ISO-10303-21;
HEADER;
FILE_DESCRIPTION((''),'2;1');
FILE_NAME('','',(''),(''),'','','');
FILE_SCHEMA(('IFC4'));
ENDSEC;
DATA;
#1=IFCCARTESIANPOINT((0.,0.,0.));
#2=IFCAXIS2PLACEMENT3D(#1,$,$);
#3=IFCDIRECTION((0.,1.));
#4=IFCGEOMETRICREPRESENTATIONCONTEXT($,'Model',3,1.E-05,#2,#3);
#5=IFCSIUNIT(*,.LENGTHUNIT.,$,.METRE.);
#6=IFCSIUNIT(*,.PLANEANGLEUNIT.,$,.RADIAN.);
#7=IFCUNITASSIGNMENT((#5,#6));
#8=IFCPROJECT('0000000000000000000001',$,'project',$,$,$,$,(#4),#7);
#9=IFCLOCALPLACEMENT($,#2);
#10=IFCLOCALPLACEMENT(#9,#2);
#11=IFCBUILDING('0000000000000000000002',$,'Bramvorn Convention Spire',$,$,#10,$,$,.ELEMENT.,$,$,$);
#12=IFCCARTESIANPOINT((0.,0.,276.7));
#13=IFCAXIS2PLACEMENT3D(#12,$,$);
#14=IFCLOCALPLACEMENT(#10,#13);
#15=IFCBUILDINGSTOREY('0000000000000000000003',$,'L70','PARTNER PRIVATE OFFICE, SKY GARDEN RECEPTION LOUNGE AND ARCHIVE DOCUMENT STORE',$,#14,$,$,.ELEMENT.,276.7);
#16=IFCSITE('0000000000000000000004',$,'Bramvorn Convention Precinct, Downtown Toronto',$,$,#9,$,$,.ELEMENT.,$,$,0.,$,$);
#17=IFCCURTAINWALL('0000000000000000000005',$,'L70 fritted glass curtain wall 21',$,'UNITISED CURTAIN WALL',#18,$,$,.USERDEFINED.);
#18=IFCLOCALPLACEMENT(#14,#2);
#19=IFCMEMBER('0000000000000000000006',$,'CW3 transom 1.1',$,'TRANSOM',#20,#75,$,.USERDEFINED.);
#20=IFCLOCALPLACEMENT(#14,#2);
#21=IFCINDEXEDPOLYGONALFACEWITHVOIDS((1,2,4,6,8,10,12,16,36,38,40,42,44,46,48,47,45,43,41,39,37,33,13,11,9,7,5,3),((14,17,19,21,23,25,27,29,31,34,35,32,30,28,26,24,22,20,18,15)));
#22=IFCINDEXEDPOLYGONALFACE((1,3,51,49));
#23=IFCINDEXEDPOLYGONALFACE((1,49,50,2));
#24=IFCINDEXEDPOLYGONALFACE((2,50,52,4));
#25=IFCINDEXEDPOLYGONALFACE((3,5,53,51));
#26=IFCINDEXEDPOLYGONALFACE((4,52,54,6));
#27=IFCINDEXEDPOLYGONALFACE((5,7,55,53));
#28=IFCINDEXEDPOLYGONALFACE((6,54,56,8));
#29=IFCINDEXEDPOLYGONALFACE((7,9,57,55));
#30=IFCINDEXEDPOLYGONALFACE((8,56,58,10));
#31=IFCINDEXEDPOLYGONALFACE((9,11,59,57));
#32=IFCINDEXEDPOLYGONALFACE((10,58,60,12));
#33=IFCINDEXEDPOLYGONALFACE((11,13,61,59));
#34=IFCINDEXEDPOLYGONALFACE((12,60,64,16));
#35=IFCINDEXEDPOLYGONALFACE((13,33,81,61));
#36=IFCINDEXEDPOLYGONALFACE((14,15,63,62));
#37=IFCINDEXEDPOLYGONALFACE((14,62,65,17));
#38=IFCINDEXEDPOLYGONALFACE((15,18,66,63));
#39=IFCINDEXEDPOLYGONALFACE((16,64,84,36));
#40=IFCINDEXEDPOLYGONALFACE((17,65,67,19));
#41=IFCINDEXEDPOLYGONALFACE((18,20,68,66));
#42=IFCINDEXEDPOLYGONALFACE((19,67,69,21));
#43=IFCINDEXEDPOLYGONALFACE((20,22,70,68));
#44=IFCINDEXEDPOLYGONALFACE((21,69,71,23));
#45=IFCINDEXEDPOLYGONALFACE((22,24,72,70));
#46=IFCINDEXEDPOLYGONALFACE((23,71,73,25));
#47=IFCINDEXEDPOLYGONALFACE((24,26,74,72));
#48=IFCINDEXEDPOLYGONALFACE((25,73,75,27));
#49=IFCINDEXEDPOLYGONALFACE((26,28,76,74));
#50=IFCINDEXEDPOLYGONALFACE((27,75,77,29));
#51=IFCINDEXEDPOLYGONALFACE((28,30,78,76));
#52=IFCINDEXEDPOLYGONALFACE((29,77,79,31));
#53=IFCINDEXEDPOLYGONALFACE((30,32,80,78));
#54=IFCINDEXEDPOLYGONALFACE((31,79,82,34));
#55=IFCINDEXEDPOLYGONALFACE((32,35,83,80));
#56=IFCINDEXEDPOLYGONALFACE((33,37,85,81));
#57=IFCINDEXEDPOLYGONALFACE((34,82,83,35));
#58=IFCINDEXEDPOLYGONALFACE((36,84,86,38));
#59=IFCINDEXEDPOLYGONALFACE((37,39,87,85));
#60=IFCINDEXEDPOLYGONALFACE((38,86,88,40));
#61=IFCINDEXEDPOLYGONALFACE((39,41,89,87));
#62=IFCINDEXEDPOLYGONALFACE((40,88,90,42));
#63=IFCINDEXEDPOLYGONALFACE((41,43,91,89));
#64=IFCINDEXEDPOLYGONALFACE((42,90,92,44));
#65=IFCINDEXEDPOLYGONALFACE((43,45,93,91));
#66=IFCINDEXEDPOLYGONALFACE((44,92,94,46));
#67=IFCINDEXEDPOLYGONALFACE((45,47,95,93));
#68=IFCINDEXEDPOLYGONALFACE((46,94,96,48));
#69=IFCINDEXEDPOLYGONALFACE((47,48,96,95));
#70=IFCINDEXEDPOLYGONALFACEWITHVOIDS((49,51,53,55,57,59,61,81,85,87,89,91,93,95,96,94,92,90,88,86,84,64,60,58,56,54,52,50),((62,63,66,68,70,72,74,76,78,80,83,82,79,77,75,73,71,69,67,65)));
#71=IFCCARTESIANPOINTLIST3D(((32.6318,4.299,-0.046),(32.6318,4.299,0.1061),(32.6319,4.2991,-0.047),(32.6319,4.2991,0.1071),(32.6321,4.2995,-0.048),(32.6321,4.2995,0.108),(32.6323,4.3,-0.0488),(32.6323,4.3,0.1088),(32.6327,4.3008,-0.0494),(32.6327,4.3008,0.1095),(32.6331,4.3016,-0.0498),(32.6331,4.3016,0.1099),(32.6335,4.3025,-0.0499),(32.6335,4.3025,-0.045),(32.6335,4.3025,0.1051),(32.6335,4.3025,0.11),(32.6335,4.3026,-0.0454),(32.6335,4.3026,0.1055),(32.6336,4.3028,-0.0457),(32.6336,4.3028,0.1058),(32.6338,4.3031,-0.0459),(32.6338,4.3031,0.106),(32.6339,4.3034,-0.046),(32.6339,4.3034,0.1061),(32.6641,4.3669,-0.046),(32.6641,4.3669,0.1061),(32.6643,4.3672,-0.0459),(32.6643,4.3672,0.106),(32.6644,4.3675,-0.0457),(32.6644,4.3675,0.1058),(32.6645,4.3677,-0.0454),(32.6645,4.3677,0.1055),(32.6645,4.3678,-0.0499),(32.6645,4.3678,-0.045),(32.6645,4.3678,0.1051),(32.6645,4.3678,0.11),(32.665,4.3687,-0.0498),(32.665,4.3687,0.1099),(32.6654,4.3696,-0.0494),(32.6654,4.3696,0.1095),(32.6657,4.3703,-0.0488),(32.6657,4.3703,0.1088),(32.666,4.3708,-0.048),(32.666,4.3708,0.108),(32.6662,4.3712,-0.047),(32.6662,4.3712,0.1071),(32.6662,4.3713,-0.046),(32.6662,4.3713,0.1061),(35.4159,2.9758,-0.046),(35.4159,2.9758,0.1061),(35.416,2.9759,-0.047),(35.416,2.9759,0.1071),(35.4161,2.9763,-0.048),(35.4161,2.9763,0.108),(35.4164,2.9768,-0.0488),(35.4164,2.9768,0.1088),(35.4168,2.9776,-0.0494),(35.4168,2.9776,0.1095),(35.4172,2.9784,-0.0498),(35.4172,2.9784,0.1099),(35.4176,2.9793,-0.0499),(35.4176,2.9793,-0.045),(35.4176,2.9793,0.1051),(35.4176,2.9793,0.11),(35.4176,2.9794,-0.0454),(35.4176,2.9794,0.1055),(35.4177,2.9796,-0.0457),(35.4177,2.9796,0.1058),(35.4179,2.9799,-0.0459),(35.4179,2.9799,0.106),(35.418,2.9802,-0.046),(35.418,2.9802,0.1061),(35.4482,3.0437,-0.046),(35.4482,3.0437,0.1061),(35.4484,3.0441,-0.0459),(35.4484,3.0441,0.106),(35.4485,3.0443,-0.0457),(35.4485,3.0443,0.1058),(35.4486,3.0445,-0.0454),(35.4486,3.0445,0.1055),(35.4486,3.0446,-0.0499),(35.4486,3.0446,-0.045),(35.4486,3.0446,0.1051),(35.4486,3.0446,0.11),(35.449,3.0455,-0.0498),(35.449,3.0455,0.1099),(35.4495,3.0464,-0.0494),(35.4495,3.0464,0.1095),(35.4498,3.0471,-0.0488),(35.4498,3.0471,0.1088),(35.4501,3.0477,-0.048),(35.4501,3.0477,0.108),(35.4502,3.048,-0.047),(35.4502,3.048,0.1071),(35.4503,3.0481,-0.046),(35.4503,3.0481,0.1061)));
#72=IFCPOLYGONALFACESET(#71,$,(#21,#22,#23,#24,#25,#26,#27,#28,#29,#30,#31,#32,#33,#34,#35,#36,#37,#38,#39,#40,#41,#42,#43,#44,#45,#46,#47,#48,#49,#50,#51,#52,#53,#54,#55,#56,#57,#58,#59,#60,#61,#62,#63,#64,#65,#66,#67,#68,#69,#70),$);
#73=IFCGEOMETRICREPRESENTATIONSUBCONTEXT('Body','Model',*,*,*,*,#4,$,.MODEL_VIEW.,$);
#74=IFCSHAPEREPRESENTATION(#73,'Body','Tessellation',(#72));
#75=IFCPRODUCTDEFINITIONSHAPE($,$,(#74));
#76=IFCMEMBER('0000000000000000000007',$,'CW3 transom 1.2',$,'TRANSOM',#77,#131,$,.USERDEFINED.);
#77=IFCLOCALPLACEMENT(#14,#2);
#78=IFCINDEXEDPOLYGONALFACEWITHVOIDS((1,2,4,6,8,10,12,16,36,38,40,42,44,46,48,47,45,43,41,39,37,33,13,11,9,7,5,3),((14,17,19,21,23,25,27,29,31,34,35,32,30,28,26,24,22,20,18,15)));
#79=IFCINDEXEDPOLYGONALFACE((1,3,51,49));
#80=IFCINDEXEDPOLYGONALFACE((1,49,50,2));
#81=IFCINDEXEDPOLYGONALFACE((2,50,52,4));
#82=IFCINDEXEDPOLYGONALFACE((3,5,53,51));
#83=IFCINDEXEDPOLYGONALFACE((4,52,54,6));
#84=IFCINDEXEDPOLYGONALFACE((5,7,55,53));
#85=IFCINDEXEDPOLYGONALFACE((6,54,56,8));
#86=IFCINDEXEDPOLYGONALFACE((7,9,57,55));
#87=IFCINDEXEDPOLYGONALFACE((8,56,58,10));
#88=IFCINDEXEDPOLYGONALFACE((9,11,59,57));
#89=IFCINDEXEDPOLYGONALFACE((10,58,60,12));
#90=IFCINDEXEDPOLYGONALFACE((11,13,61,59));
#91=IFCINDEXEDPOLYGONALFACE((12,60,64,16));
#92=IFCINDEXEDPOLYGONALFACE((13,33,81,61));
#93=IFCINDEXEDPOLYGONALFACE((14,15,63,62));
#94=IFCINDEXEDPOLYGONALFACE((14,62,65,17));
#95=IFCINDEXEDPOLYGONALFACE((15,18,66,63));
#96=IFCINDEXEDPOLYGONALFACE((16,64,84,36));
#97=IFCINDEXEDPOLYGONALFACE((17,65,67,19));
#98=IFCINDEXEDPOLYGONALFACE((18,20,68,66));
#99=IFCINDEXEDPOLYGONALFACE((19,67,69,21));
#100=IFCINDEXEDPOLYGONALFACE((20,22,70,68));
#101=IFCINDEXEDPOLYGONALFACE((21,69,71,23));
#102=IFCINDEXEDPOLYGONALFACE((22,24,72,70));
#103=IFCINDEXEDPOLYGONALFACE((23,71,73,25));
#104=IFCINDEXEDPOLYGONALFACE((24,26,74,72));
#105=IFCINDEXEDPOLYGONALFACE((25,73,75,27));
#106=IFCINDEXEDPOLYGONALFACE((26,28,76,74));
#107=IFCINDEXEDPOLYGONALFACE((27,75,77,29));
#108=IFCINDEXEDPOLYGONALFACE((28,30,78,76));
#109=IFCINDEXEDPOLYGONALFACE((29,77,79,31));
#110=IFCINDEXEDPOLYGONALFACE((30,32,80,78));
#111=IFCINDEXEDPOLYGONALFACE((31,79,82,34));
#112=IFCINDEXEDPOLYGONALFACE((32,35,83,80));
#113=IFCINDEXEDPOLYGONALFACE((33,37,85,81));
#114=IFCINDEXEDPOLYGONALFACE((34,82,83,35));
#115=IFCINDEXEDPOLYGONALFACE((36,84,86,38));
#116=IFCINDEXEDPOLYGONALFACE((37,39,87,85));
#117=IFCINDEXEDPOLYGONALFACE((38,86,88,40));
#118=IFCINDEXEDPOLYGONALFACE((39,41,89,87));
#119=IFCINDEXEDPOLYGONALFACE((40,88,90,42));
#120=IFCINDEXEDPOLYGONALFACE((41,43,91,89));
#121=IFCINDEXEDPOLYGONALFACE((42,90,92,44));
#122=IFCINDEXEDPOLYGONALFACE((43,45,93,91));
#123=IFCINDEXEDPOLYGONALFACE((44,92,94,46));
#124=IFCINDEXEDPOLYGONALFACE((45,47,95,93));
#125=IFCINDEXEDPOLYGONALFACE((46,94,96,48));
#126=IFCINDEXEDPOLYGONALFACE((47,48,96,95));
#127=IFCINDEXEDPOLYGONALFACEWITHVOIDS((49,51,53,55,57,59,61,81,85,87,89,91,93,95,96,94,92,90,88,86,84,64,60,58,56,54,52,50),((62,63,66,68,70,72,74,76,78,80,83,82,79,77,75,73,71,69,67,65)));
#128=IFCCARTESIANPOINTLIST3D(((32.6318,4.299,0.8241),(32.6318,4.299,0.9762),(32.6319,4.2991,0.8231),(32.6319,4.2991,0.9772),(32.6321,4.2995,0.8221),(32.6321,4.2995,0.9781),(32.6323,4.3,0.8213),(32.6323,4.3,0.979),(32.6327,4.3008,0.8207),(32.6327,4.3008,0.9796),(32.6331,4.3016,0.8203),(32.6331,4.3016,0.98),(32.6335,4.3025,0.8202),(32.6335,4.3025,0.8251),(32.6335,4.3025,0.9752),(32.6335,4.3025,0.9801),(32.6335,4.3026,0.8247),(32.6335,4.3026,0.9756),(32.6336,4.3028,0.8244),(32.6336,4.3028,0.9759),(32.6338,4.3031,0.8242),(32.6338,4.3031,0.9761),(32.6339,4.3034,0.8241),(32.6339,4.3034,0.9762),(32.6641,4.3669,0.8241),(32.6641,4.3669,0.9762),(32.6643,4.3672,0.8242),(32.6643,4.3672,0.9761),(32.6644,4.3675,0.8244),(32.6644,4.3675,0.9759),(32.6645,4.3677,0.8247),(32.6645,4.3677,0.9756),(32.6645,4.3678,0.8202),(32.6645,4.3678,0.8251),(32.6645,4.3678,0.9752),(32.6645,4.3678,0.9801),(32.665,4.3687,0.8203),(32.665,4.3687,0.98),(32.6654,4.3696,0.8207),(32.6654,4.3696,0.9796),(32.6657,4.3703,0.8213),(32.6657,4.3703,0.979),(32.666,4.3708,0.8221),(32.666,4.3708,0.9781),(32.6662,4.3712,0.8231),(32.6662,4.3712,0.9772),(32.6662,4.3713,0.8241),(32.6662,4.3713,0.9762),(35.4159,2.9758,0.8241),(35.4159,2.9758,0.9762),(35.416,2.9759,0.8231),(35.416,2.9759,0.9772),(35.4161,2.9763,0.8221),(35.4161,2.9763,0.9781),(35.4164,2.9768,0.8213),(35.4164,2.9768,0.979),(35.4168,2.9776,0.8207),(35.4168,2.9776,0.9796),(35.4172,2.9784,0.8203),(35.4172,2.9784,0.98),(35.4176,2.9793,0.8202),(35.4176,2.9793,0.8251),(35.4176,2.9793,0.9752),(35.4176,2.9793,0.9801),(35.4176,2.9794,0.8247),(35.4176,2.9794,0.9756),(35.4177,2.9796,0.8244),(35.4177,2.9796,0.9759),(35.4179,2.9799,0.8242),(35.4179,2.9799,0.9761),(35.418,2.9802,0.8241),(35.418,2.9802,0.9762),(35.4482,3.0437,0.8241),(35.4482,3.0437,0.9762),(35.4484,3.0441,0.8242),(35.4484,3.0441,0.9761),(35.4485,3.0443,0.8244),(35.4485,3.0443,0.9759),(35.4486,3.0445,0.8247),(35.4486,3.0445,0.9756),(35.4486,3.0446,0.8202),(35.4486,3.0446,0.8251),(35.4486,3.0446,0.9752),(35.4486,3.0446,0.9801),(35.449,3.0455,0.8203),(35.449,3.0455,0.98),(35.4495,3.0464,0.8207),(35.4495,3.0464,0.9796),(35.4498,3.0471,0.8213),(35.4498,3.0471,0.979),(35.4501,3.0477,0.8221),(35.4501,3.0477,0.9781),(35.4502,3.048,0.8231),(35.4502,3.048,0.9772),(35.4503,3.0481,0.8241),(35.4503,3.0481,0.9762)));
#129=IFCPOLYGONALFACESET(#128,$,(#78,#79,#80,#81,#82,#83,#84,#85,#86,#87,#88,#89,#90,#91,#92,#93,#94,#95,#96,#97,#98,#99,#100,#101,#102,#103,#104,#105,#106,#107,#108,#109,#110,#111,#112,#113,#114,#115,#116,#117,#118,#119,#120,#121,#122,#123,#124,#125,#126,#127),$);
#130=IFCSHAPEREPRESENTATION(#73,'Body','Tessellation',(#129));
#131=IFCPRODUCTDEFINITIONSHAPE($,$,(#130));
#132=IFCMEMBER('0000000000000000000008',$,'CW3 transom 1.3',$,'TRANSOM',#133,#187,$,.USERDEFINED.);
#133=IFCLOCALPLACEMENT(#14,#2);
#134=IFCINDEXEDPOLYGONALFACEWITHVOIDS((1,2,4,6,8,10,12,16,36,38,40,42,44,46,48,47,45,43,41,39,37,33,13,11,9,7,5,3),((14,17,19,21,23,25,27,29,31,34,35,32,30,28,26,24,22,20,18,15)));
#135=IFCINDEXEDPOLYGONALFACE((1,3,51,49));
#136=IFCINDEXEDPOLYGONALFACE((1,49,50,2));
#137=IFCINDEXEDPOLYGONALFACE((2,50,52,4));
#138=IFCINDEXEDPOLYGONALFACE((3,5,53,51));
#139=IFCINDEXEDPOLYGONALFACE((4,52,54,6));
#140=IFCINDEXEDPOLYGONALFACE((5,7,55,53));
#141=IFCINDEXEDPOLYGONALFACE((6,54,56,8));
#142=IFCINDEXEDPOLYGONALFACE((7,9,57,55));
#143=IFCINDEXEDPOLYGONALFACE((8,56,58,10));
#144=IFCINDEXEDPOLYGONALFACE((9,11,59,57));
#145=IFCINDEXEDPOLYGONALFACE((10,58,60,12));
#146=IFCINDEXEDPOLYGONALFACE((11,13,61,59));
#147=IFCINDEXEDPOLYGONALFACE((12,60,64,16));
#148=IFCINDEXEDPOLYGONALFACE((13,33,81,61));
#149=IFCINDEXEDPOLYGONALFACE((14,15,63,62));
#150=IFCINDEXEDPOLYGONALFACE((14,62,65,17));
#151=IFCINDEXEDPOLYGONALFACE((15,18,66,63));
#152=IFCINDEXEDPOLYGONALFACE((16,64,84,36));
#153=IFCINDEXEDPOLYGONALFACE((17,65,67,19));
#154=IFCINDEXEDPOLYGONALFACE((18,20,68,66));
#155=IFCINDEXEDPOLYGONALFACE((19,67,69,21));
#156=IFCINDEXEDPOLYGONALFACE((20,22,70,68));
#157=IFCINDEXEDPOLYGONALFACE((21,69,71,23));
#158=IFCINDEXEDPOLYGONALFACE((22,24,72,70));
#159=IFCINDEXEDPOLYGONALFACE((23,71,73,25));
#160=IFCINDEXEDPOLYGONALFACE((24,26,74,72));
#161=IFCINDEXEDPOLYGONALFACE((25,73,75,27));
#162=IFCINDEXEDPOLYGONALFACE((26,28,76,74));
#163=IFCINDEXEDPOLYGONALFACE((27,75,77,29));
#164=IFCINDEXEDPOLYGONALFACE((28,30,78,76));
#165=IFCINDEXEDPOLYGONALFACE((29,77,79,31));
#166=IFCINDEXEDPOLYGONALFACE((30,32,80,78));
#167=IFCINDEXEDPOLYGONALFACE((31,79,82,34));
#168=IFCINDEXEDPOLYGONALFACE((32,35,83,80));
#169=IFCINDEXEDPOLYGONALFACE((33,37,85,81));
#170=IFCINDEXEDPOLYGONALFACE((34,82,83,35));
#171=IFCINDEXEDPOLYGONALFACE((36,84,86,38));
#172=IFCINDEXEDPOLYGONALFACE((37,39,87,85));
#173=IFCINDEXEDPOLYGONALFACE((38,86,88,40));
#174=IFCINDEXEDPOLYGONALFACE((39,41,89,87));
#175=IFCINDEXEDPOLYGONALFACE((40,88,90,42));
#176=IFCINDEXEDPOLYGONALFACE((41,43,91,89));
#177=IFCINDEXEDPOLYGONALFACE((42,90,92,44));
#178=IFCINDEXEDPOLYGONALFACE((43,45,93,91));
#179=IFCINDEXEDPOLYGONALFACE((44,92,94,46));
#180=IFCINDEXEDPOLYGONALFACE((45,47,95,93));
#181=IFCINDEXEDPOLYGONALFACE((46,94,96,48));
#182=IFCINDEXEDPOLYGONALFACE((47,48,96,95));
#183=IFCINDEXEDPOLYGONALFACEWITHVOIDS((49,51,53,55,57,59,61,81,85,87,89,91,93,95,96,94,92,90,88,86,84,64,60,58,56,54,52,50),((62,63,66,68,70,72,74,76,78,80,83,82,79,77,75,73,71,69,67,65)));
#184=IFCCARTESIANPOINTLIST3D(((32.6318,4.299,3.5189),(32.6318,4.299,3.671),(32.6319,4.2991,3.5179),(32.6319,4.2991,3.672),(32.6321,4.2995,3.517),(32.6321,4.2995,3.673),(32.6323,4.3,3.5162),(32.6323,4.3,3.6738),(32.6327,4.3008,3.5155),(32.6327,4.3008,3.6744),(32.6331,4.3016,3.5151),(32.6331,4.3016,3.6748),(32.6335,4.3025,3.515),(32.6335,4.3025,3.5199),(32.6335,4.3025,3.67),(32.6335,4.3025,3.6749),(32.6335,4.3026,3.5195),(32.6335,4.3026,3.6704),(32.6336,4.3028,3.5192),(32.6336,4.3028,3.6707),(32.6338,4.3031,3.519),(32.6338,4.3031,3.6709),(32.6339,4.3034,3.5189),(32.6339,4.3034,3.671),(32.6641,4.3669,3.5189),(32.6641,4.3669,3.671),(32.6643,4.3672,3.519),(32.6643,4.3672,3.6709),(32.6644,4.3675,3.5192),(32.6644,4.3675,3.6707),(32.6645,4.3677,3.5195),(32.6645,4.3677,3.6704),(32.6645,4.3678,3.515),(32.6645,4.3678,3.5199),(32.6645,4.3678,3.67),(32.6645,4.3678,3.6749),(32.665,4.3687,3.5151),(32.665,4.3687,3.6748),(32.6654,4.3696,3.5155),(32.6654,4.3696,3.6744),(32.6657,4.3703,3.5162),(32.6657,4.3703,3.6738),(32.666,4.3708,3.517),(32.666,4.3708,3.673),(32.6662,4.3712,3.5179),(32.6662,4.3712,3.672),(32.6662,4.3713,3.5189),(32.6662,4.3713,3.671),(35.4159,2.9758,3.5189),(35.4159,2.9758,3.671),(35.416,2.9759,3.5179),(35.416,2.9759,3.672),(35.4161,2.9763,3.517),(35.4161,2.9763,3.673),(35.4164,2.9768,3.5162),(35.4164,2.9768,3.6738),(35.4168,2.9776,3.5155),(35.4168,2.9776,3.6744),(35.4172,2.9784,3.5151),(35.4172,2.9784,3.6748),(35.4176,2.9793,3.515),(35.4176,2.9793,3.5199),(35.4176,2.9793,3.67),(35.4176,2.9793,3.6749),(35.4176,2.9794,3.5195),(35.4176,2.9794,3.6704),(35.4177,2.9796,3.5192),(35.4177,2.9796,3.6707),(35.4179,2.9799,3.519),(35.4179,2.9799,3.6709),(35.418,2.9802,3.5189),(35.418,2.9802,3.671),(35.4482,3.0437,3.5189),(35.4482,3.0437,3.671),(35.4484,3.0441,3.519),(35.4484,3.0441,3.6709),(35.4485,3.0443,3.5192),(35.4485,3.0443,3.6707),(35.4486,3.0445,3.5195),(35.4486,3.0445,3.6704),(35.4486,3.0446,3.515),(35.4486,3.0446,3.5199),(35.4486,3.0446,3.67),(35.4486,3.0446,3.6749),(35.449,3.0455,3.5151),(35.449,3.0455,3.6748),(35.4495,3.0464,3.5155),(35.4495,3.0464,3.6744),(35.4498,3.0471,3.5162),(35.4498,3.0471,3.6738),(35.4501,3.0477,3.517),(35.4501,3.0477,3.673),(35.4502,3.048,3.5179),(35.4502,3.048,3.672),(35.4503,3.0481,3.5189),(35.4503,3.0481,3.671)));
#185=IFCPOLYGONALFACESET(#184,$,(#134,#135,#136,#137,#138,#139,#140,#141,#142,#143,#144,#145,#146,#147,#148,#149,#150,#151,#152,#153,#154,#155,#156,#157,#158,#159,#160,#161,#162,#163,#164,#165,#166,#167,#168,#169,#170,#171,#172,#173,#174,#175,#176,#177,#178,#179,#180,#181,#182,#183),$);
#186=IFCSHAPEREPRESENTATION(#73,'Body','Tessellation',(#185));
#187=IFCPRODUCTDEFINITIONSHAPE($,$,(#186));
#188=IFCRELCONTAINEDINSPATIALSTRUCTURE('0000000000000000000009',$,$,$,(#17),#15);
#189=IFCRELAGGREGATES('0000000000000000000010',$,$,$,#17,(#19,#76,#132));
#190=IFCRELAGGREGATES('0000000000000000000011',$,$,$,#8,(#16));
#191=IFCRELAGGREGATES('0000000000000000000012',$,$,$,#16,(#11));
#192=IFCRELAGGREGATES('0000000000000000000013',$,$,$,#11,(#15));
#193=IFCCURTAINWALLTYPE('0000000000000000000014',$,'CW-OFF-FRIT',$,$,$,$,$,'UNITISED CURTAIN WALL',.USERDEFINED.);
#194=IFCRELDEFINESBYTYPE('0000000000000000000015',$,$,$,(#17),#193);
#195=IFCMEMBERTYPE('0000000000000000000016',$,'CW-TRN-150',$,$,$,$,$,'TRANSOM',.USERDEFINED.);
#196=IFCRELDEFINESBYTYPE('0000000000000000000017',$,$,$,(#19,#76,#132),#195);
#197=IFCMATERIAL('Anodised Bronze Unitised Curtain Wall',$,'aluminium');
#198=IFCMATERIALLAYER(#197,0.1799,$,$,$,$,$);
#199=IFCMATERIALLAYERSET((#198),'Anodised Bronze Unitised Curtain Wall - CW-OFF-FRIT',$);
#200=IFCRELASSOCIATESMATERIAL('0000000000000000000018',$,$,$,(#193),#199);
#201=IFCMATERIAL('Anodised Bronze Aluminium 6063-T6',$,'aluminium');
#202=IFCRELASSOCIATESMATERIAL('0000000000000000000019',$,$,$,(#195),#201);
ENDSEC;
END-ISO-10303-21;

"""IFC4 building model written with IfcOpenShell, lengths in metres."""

from ifc_helpers import new_model, si_unit, direction, frame, origin, origin_2d, place, context, subcontext, project, spatial, hollow_rectangle, extrude, material, layer, layer_set, material_profile, profile_set, type_object, element, aggregate, save


model = new_model("IFC4")

# Units and contexts
model_context = context("Model", 3, precision=1e-05, world=origin(), true_north=direction((0.0, 1.0)))
body_context = subcontext(model_context, "Body", "Model", "MODEL_VIEW")
ifc_project = project(units=[si_unit("LENGTHUNIT", "METRE"), si_unit("PLANEANGLEUNIT", "RADIAN")], contexts=[model_context])

# Site, building, storey
site_placement = place(None, origin())
site = spatial("IfcSite", under=ifc_project, at=site_placement, Name="Bramvorn Convention Precinct, Downtown Toronto", CompositionType="ELEMENT", RefElevation=0.0)
building_placement = place(site_placement, origin())
building = spatial("IfcBuilding", under=site, at=building_placement, Name="Bramvorn Convention Spire", CompositionType="ELEMENT")
storey_placement = place(building_placement, frame((0.0, 0.0, 276.7)))
storey = spatial("IfcBuildingStorey", under=building, at=storey_placement, Name="L70", Description="PARTNER PRIVATE OFFICE, SKY GARDEN RECEPTION LOUNGE AND ARCHIVE DOCUMENT STORE", CompositionType="ELEMENT", Elevation=276.7)

# Curtain wall
ifc_material_1 = material(Name="Anodised Bronze Unitised Curtain Wall", Category="aluminium")
ifc_layer_1 = layer(ifc_material_1, 0.1799)
ifc_layer_set_1 = layer_set([ifc_layer_1], Name="Anodised Bronze Unitised Curtain Wall - CW-OFF-FRIT")
curtain_wall_type = type_object("IfcCurtainWallType", Name="CW-OFF-FRIT", ElementType="UNITISED CURTAIN WALL", PredefinedType="USERDEFINED", material=ifc_layer_set_1)
curtain_wall_1_placement = place(storey_placement, origin())
curtain_wall_1 = element("IfcCurtainWall", 1, at=curtain_wall_1_placement, inside=storey, type_object=curtain_wall_type, Name="L70 fritted glass curtain wall 21", ObjectType="UNITISED CURTAIN WALL", PredefinedType="USERDEFINED")
ifc_material_2 = material(Name="Anodised Bronze Aluminium 6063-T6", Category="aluminium")

# Members
ifc_material_profile_1 = material_profile(ifc_material_2, hollow_rectangle(XDim=0.0801, YDim=0.1599, WallThickness=0.0039, InnerFilletRadius=0.001, OuterFilletRadius=0.0039, at=origin_2d()))
ifc_profile_set_1 = profile_set([ifc_material_profile_1], Name="Anodised Bronze Aluminium 6063-T6 - CWT80X160")
member_type_1 = type_object("IfcMemberType", Name="CW-TRN-150", ElementType="TRANSOM", PredefinedType="USERDEFINED", material=ifc_profile_set_1)
member_1_placement = place(storey_placement, frame((35.4331, 3.012, 0.03), z_axis=(-0.903182, 0.429257, 0.0), x_axis=(-0.429257, -0.903182, 0.0)))
member_1 = element("IfcMember", 2, at=member_1_placement, type_object=member_type_1, Name="CW3 transom 1.1", ObjectType="TRANSOM", PredefinedType="USERDEFINED", context=body_context, shape_type="SweptSolid", body=[
    extrude(hollow_rectangle(XDim=0.0801, YDim=0.1599, WallThickness=0.0039, InnerFilletRadius=0.001, OuterFilletRadius=0.0039, at=origin_2d()), origin(), (0.0, 0.0, 1.0), 3.0825),
])
member_2_placement = place(storey_placement, frame((35.4331, 3.012, 0.9001), z_axis=(-0.903182, 0.429257, 0.0), x_axis=(-0.429257, -0.903182, 0.0)))
member_2 = element("IfcMember", 3, at=member_2_placement, type_object=member_type_1, Name="CW3 transom 1.2", ObjectType="TRANSOM", PredefinedType="USERDEFINED", context=body_context, shape_type="SweptSolid", body=[
    extrude(hollow_rectangle(XDim=0.0801, YDim=0.1599, WallThickness=0.0039, InnerFilletRadius=0.001, OuterFilletRadius=0.0039, at=origin_2d()), origin(), (0.0, 0.0, 1.0), 3.0825),
])
member_3_placement = place(storey_placement, frame((35.4331, 3.012, 3.595), z_axis=(-0.903182, 0.429257, 0.0), x_axis=(-0.429257, -0.903182, 0.0)))
member_3 = element("IfcMember", 4, at=member_3_placement, type_object=member_type_1, Name="CW3 transom 1.3", ObjectType="TRANSOM", PredefinedType="USERDEFINED", context=body_context, shape_type="SweptSolid", body=[
    extrude(hollow_rectangle(XDim=0.0801, YDim=0.1599, WallThickness=0.0039, InnerFilletRadius=0.001, OuterFilletRadius=0.0039, at=origin_2d()), origin(), (0.0, 0.0, 1.0), 3.0825),
])

aggregate(curtain_wall_1, [member_1, member_2, member_3])

save(model, "model.ifc")
